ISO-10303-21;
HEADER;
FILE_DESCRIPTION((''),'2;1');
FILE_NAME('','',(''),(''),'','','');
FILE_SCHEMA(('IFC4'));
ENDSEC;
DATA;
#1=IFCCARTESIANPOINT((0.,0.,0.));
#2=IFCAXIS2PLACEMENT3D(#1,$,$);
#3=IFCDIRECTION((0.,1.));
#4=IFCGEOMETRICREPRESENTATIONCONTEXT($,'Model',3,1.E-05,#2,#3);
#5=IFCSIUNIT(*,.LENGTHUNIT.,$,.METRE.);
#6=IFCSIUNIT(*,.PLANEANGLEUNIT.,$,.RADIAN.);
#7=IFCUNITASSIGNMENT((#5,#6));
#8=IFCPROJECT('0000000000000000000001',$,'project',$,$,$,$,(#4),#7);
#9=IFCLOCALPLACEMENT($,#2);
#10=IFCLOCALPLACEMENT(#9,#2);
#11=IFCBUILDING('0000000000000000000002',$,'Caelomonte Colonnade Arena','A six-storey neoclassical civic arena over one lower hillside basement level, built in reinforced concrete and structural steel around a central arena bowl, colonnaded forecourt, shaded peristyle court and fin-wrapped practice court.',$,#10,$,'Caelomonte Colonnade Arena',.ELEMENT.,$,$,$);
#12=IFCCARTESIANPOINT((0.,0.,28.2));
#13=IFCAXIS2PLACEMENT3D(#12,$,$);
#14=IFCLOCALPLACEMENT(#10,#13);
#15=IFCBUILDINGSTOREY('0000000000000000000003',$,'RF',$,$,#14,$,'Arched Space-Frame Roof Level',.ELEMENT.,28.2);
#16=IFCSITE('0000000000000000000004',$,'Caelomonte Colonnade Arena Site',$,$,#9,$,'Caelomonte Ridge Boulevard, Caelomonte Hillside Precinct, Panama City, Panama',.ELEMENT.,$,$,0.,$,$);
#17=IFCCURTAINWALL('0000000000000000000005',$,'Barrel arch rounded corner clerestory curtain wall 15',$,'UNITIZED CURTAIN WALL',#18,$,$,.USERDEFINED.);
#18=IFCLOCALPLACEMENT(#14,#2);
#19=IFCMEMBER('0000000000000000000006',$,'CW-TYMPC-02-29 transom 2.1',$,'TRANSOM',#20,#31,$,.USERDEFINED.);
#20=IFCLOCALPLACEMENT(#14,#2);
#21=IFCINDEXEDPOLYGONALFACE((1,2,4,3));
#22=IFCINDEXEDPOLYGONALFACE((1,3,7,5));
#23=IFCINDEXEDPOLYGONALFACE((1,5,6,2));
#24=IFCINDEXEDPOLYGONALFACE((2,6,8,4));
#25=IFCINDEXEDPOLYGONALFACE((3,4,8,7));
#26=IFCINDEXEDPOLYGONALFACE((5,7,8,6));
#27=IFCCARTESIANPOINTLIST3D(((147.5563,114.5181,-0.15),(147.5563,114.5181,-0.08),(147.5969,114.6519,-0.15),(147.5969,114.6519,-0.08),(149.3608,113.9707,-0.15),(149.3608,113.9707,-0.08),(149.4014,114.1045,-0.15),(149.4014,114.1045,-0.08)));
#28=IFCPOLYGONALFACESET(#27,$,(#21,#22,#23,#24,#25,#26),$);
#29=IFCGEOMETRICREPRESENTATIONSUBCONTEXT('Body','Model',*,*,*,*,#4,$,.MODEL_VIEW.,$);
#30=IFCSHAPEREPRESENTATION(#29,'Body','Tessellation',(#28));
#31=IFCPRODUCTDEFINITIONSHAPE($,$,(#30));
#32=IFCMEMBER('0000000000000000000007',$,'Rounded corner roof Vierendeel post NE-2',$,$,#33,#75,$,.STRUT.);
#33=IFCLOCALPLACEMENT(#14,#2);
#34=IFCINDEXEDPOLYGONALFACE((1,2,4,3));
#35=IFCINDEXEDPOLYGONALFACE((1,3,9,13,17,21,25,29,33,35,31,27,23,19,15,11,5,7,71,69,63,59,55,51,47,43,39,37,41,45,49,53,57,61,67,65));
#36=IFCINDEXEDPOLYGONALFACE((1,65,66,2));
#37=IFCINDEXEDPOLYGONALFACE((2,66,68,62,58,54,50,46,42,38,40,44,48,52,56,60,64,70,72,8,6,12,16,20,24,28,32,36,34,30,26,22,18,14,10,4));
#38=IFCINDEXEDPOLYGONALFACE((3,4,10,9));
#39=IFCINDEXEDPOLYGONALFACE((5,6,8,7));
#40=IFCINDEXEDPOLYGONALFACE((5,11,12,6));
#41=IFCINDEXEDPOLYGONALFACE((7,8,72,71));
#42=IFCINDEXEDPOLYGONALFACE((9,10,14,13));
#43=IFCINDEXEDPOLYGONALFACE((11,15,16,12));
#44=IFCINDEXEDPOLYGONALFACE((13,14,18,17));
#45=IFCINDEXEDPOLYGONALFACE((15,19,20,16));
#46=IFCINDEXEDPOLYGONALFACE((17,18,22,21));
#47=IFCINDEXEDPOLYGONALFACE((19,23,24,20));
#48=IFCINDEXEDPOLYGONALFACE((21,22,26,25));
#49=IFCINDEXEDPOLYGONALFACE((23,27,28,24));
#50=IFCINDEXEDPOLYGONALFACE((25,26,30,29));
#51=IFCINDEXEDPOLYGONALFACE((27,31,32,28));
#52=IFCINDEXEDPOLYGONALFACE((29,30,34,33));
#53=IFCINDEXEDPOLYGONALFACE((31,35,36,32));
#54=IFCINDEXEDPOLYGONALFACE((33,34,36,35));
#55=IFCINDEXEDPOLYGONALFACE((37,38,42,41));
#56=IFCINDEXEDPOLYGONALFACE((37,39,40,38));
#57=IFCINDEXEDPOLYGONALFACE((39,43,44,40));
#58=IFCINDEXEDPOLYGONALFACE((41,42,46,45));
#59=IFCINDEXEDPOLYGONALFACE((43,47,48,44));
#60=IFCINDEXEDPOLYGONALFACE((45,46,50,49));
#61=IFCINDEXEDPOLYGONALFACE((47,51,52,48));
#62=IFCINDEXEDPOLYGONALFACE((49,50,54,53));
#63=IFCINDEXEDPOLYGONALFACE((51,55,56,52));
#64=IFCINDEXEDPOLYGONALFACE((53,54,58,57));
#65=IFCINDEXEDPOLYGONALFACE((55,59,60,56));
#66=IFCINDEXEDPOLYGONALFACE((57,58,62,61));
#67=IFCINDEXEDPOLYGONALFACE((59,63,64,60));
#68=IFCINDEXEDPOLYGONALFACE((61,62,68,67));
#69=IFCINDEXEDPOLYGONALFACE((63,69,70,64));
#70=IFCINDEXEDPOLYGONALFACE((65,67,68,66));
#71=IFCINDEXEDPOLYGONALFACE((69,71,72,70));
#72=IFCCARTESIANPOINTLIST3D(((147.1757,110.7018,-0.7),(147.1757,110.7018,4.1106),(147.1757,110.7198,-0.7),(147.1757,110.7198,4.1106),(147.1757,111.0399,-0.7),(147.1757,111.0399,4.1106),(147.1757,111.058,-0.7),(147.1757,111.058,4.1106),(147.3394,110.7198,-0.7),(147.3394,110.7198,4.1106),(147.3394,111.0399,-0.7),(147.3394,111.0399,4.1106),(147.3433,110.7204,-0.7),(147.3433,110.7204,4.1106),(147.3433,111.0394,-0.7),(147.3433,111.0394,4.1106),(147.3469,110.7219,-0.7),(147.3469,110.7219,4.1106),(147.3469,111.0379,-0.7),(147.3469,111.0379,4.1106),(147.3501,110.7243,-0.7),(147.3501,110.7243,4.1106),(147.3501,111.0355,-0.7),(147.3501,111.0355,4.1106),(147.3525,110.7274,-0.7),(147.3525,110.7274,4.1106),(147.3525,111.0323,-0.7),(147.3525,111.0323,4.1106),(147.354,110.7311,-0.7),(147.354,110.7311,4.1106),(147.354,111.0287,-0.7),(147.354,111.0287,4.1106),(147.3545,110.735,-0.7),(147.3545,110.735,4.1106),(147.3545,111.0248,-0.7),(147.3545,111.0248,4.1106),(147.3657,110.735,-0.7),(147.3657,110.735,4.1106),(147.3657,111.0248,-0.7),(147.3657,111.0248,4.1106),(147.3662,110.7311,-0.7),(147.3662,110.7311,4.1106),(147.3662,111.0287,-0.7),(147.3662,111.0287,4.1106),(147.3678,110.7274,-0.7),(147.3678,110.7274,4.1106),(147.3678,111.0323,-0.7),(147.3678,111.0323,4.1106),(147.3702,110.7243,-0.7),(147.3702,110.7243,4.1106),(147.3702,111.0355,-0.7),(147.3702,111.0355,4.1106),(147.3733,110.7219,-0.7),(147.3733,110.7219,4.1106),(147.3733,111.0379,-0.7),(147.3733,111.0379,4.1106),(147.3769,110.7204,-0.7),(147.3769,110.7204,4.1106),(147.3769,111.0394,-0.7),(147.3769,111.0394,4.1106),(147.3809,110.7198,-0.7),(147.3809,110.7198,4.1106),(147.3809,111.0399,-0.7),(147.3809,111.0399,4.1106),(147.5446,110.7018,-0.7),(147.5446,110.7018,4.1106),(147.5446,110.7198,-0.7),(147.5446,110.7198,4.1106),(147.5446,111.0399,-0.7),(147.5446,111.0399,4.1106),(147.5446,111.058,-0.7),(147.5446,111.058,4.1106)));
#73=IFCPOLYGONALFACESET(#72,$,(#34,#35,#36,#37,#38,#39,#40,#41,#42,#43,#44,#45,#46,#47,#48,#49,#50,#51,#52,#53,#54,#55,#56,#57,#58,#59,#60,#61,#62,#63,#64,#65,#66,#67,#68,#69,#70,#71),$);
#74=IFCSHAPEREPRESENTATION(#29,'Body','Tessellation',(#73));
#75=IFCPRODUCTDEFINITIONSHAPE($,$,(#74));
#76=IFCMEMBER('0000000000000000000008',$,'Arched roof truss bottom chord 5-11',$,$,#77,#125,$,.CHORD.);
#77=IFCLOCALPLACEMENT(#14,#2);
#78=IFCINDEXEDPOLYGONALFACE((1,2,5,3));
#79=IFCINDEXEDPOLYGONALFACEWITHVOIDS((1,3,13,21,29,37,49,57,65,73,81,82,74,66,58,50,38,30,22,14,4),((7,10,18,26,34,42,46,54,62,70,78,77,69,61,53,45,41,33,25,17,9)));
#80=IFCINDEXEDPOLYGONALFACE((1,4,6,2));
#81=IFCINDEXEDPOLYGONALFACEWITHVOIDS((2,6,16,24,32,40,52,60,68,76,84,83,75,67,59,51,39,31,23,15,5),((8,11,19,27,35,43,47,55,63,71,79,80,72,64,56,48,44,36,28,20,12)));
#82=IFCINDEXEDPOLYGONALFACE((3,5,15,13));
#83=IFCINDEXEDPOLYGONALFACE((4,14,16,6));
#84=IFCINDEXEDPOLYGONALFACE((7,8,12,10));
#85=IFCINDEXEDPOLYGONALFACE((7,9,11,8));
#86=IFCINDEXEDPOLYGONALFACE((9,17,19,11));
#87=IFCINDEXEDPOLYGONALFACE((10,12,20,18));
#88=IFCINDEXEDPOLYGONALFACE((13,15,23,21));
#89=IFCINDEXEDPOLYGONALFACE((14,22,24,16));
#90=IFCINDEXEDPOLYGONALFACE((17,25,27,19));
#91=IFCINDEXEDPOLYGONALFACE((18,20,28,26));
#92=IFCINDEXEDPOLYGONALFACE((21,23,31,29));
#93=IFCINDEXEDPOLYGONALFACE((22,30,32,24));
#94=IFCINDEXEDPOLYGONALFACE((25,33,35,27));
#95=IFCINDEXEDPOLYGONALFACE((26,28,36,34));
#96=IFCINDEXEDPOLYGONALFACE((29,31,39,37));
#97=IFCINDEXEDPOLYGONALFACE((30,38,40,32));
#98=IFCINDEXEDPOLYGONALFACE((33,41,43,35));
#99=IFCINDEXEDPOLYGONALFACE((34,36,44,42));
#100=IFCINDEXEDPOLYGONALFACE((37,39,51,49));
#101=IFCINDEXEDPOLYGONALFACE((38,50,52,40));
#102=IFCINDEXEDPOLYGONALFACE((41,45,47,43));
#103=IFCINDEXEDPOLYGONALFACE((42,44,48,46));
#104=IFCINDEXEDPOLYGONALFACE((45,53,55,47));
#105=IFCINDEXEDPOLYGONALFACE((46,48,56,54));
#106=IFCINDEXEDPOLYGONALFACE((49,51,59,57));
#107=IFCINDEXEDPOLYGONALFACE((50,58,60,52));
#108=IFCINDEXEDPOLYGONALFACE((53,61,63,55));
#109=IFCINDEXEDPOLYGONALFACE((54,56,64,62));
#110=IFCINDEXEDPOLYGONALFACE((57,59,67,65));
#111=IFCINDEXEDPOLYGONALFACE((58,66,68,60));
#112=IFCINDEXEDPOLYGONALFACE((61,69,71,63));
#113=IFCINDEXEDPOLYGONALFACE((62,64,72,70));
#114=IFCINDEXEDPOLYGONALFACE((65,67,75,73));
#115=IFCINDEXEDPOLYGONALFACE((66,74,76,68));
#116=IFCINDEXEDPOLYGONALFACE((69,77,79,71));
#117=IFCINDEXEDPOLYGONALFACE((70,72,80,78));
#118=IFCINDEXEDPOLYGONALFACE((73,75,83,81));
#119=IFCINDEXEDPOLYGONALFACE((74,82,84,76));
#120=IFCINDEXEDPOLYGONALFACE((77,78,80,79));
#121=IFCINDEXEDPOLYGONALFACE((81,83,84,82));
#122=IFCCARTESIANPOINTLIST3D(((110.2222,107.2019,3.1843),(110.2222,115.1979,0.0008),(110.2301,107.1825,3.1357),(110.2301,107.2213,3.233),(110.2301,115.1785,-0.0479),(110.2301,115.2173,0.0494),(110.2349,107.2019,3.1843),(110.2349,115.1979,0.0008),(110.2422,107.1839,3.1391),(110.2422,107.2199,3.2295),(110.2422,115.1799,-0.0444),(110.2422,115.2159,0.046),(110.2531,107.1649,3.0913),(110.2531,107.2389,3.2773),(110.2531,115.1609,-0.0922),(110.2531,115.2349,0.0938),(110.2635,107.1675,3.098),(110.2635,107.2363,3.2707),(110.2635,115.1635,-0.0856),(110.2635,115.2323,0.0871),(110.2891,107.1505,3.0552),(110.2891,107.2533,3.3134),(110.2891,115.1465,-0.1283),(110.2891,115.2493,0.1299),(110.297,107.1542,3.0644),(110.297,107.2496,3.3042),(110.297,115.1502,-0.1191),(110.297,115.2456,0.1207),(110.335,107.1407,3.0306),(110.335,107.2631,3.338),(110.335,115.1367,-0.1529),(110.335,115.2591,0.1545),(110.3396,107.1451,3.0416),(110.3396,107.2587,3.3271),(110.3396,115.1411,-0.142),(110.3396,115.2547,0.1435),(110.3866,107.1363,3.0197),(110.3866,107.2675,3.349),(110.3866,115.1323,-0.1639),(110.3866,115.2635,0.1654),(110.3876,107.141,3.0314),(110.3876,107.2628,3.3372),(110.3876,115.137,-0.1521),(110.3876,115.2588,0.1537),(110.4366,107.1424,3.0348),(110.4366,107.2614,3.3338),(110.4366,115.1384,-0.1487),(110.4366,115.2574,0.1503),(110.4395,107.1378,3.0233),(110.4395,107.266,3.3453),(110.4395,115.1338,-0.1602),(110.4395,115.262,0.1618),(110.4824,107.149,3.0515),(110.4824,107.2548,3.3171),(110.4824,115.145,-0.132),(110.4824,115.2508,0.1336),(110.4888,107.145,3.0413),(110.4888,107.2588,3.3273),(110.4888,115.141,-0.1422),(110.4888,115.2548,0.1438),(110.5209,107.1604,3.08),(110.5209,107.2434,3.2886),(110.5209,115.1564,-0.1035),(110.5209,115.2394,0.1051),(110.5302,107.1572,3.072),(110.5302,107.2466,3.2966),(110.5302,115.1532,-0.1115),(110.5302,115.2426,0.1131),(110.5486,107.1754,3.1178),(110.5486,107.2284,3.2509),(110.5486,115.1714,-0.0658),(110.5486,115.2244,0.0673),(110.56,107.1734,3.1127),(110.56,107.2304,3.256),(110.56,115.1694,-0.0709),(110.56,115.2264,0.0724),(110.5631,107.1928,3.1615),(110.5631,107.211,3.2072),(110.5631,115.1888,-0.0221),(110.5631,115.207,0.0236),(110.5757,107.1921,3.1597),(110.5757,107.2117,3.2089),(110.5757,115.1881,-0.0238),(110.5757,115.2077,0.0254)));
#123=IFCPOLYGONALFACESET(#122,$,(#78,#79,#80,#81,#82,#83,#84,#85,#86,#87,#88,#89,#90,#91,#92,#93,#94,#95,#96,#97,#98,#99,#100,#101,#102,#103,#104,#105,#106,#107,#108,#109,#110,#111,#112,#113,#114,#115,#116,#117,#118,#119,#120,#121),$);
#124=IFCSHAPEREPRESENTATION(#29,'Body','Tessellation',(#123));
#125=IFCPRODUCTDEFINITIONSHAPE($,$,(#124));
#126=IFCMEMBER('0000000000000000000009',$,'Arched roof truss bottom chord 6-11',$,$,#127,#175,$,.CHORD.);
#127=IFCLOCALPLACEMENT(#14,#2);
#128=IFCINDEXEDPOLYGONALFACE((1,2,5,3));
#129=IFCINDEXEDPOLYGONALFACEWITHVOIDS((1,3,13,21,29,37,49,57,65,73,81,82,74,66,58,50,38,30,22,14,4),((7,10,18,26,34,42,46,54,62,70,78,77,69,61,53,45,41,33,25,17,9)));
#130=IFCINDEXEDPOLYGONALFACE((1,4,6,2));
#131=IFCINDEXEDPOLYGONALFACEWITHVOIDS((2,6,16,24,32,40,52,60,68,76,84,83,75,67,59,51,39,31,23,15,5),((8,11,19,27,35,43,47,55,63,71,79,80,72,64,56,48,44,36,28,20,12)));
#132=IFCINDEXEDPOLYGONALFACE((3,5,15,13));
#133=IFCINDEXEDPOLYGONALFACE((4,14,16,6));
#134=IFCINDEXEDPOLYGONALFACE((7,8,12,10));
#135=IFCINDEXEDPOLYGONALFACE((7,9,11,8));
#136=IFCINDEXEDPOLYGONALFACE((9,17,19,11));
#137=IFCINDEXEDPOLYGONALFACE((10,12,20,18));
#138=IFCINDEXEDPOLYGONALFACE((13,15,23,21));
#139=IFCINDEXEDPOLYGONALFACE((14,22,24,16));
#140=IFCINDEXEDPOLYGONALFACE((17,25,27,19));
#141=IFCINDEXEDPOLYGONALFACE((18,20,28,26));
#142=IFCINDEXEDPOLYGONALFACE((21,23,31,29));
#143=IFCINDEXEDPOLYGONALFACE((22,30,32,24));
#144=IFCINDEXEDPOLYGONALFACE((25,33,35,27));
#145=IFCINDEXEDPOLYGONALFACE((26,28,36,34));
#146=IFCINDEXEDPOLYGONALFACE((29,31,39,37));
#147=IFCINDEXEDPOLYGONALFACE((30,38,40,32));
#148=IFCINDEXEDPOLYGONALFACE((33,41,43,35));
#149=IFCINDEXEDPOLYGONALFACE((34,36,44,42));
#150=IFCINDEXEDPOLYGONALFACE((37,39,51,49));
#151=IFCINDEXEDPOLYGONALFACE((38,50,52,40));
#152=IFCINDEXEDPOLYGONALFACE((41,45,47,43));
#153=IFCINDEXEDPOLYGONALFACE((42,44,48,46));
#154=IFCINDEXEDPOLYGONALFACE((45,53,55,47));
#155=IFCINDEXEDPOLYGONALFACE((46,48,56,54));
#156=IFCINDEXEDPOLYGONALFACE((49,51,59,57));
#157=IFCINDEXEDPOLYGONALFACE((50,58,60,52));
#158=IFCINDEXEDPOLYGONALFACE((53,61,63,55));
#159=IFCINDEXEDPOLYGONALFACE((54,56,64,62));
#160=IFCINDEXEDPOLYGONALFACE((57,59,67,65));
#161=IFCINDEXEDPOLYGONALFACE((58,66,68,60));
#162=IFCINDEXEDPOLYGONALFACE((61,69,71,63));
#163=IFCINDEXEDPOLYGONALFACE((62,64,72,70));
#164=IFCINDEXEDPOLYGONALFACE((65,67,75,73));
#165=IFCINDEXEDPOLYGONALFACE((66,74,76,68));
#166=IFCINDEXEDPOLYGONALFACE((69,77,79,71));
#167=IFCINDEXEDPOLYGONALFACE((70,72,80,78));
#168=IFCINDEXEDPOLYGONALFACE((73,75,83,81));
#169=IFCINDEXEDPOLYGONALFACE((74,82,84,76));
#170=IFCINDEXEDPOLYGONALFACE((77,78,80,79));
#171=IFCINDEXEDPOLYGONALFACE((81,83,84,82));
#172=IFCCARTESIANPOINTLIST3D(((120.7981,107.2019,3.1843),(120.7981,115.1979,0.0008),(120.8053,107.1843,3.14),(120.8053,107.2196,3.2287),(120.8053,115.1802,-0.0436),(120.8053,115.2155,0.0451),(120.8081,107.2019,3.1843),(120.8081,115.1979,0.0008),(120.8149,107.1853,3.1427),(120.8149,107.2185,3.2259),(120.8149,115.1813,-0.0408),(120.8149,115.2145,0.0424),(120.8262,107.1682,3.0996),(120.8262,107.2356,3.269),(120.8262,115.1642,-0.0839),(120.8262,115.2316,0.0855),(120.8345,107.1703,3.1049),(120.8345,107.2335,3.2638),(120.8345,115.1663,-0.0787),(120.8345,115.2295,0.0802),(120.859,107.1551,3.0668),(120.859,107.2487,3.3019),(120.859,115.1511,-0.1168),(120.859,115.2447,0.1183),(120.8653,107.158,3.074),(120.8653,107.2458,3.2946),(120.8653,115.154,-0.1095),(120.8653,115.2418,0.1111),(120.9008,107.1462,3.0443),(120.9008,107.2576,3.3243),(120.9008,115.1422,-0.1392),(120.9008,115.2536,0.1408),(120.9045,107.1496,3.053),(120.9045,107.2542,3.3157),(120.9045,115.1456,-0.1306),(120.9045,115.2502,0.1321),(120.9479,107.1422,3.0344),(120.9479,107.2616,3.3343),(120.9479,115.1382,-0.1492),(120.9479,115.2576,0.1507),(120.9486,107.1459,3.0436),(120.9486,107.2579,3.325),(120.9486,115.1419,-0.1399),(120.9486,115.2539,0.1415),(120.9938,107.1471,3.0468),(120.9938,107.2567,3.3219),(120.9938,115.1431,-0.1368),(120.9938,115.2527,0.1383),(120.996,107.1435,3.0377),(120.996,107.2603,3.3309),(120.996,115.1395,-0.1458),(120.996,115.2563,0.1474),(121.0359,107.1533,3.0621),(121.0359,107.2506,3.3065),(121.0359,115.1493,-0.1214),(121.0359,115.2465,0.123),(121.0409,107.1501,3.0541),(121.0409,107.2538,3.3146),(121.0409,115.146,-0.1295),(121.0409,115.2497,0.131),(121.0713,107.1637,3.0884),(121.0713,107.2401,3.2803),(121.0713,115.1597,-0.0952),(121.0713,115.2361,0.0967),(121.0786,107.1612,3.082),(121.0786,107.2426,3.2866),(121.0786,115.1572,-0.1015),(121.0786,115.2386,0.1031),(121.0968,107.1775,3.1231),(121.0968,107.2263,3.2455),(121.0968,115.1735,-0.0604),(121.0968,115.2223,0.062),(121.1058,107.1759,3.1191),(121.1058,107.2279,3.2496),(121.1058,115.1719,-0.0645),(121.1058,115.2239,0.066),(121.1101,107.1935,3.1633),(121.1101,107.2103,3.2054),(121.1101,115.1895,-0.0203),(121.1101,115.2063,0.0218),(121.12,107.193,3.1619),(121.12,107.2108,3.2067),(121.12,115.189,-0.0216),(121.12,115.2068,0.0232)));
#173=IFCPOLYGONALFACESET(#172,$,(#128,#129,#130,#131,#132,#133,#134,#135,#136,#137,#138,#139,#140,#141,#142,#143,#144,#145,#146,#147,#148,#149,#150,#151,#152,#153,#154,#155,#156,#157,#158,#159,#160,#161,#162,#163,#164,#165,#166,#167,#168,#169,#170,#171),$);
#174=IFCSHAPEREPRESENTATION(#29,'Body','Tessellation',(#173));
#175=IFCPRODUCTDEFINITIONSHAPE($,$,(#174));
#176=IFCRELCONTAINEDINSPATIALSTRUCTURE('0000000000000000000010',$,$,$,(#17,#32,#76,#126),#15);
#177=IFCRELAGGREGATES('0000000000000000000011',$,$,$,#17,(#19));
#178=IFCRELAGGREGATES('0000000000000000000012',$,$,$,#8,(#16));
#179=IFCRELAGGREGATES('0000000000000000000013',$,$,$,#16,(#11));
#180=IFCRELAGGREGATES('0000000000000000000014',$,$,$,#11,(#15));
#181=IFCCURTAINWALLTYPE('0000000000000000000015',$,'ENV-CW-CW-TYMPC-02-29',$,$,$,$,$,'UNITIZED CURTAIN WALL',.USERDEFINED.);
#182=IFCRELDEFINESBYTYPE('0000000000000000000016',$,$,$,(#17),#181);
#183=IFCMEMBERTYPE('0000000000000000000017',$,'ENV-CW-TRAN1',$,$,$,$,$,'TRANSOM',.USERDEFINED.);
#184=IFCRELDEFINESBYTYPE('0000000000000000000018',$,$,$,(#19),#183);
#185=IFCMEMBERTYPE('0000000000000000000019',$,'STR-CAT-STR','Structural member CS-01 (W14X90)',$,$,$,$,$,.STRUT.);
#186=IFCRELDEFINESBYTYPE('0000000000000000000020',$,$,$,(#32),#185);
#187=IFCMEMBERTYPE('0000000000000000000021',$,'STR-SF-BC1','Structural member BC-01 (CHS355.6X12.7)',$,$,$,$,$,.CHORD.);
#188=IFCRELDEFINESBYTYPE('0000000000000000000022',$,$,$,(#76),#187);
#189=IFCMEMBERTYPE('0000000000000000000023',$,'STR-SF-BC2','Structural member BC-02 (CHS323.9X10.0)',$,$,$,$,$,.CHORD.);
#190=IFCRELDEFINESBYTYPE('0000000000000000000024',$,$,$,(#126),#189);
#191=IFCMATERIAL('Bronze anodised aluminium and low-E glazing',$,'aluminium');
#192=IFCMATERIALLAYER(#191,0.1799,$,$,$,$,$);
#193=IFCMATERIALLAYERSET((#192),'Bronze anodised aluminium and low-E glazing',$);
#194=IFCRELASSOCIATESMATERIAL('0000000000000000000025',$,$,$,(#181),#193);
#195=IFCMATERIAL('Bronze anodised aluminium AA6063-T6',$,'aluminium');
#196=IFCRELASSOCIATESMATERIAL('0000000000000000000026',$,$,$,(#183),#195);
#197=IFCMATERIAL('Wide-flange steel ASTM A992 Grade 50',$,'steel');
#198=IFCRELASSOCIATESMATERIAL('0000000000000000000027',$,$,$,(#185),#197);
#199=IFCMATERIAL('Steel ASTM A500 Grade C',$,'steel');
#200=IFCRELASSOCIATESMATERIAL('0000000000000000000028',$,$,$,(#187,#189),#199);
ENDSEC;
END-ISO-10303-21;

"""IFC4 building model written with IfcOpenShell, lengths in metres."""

from ifc_helpers import new_model, si_unit, direction, frame, origin, origin_2d, place, context, subcontext, project, spatial, rectangle, hollow_circle, i_section, extrude, material, layer, layer_set, material_profile, profile_set, type_object, element, aggregate, save


model = new_model("IFC4")

# Units and contexts
model_context = context("Model", 3, precision=1e-05, world=origin(), true_north=direction((0.0, 1.0)))
body_context = subcontext(model_context, "Body", "Model", "MODEL_VIEW")
ifc_project = project(units=[si_unit("LENGTHUNIT", "METRE"), si_unit("PLANEANGLEUNIT", "RADIAN")], contexts=[model_context])

# Site, building, storey
site_placement = place(None, origin())
site = spatial("IfcSite", under=ifc_project, at=site_placement, Name="Caelomonte Colonnade Arena Site", LongName="Caelomonte Ridge Boulevard, Caelomonte Hillside Precinct, Panama City, Panama", CompositionType="ELEMENT", RefElevation=0.0)
building_placement = place(site_placement, origin())
building = spatial("IfcBuilding", under=site, at=building_placement, Name="Caelomonte Colonnade Arena", Description="A six-storey neoclassical civic arena over one lower hillside basement level, built in reinforced concrete and structural steel around a central arena bowl, colonnaded forecourt, shaded peristyle court and fin-wrapped practice court.", LongName="Caelomonte Colonnade Arena", CompositionType="ELEMENT")
storey_placement = place(building_placement, frame((0.0, 0.0, 28.2)))
storey = spatial("IfcBuildingStorey", under=building, at=storey_placement, Name="RF", LongName="Arched Space-Frame Roof Level", CompositionType="ELEMENT", Elevation=28.2)

# Curtain wall, member
ifc_material_1 = material(Name="Bronze anodised aluminium and low-E glazing", Category="aluminium")
ifc_layer_1 = layer(ifc_material_1, 0.1799)
ifc_layer_set_1 = layer_set([ifc_layer_1], Name="Bronze anodised aluminium and low-E glazing")
curtain_wall_type = type_object("IfcCurtainWallType", Name="ENV-CW-CW-TYMPC-02-29", ElementType="UNITIZED CURTAIN WALL", PredefinedType="USERDEFINED", material=ifc_layer_set_1)
curtain_wall_placement = place(storey_placement, origin())
curtain_wall = element("IfcCurtainWall", 1, at=curtain_wall_placement, inside=storey, type_object=curtain_wall_type, Name="Barrel arch rounded corner clerestory curtain wall 15", ObjectType="UNITIZED CURTAIN WALL", PredefinedType="USERDEFINED")
ifc_material_2 = material(Name="Bronze anodised aluminium AA6063-T6", Category="aluminium")
ifc_material_profile_1 = material_profile(ifc_material_2, rectangle(XDim=0.0701, YDim=0.1399, at=origin_2d()), Name="CWT-70X140")
ifc_profile_set_1 = profile_set([ifc_material_profile_1], Name="Bronze anodised aluminium AA6063-T6")
member_type_1 = type_object("IfcMemberType", Name="ENV-CW-TRAN1", ElementType="TRANSOM", PredefinedType="USERDEFINED", material=ifc_profile_set_1)
member_1_placement = place(storey_placement, frame((149.3811, 114.0376, -0.115), z_axis=(-0.956942, 0.29028, 0.0), x_axis=(0.0, 0.0, 1.0)))
member_1 = element("IfcMember", 2, at=member_1_placement, type_object=member_type_1, Name="CW-TYMPC-02-29 transom 2.1", ObjectType="TRANSOM", PredefinedType="USERDEFINED", context=body_context, shape_type="SweptSolid", body=[
    extrude(rectangle(XDim=0.0701, YDim=0.1399, at=origin_2d()), origin(), (0.0, 0.0, 1.0), 1.8857),
])
aggregate(curtain_wall, [member_1])

# Members
ifc_material_3 = material(Name="Wide-flange steel ASTM A992 Grade 50", Category="steel")
ifc_material_profile_2 = material_profile(ifc_material_3, i_section(OverallWidth=0.3689, OverallDepth=0.3562, WebThickness=0.0112, FlangeThickness=0.0181, FilletRadius=0.0151, at=origin_2d()), Name="W14X90")
ifc_profile_set_2 = profile_set([ifc_material_profile_2], Name="Wide-flange steel ASTM A992 Grade 50")
member_type_2 = type_object("IfcMemberType", Name="STR-CAT-STR", Description="Structural member CS-01 (W14X90)", PredefinedType="STRUT", material=ifc_profile_set_2)
member_2_placement = place(storey_placement, frame((147.3601, 110.8799, -0.7), z_axis=(0.0, 0.0, 1.0), x_axis=(1.0, 0.0, 0.0)))
element("IfcMember", 3, at=member_2_placement, inside=storey, type_object=member_type_2, Name="Rounded corner roof Vierendeel post NE-2", PredefinedType="STRUT", context=body_context, shape_type="SweptSolid", body=[
    extrude(i_section(OverallWidth=0.3689, OverallDepth=0.3562, WebThickness=0.0112, FlangeThickness=0.0181, FilletRadius=0.0151, at=origin_2d()), origin(), (0.0, 0.0, 1.0), 4.8105),
])
ifc_material_4 = material(Name="Steel ASTM A500 Grade C", Category="steel")
ifc_material_profile_3 = material_profile(ifc_material_4, hollow_circle(Radius=0.1777, WallThickness=0.0127, at=origin_2d()), Name="CHS355.6X12.7")
ifc_profile_set_3 = profile_set([ifc_material_profile_3], Name="Steel ASTM A500 Grade C")
member_type_3 = type_object("IfcMemberType", Name="STR-SF-BC1", Description="Structural member BC-01 (CHS355.6X12.7)", PredefinedType="CHORD", material=ifc_profile_set_3)
member_3_placement = place(storey_placement, frame((110.3999, 107.2019, 3.1843), z_axis=(0.0, 0.92907, -0.369903), x_axis=(-1.0, 0.0, 0.0)))
element("IfcMember", 4, at=member_3_placement, inside=storey, type_object=member_type_3, Name="Arched roof truss bottom chord 5-11", PredefinedType="CHORD", context=body_context, shape_type="SweptSolid", body=[
    extrude(hollow_circle(Radius=0.1777, WallThickness=0.0127, at=origin_2d()), origin(), (0.0, 0.0, 1.0), 8.6064),
])
ifc_material_profile_4 = material_profile(ifc_material_4, hollow_circle(Radius=0.1619, WallThickness=0.01, at=origin_2d()), Name="CHS323.9X10.0")
ifc_profile_set_4 = profile_set([ifc_material_profile_4], Name="Steel ASTM A500 Grade C")
member_type_4 = type_object("IfcMemberType", Name="STR-SF-BC2", Description="Structural member BC-02 (CHS323.9X10.0)", PredefinedType="CHORD", material=ifc_profile_set_4)
for number, where, z_axis, x_axis, name in (
    (5, (120.96, 107.2019, 3.1843), (0.0, 0.92907, -0.369903), (-1.0, 0.0, 0.0), "Arched roof truss bottom chord 6-11"),
):
    element("IfcMember", number, at=place(storey_placement, frame(where, z_axis=z_axis, x_axis=x_axis)), inside=storey, type_object=member_type_4, Name=name, PredefinedType="CHORD", context=body_context, shape_type="SweptSolid", body=[
        extrude(hollow_circle(Radius=0.1619, WallThickness=0.01, at=origin_2d()), origin(), (0.0, 0.0, 1.0), 8.6064),
    ])

save(model, "model.ifc")
